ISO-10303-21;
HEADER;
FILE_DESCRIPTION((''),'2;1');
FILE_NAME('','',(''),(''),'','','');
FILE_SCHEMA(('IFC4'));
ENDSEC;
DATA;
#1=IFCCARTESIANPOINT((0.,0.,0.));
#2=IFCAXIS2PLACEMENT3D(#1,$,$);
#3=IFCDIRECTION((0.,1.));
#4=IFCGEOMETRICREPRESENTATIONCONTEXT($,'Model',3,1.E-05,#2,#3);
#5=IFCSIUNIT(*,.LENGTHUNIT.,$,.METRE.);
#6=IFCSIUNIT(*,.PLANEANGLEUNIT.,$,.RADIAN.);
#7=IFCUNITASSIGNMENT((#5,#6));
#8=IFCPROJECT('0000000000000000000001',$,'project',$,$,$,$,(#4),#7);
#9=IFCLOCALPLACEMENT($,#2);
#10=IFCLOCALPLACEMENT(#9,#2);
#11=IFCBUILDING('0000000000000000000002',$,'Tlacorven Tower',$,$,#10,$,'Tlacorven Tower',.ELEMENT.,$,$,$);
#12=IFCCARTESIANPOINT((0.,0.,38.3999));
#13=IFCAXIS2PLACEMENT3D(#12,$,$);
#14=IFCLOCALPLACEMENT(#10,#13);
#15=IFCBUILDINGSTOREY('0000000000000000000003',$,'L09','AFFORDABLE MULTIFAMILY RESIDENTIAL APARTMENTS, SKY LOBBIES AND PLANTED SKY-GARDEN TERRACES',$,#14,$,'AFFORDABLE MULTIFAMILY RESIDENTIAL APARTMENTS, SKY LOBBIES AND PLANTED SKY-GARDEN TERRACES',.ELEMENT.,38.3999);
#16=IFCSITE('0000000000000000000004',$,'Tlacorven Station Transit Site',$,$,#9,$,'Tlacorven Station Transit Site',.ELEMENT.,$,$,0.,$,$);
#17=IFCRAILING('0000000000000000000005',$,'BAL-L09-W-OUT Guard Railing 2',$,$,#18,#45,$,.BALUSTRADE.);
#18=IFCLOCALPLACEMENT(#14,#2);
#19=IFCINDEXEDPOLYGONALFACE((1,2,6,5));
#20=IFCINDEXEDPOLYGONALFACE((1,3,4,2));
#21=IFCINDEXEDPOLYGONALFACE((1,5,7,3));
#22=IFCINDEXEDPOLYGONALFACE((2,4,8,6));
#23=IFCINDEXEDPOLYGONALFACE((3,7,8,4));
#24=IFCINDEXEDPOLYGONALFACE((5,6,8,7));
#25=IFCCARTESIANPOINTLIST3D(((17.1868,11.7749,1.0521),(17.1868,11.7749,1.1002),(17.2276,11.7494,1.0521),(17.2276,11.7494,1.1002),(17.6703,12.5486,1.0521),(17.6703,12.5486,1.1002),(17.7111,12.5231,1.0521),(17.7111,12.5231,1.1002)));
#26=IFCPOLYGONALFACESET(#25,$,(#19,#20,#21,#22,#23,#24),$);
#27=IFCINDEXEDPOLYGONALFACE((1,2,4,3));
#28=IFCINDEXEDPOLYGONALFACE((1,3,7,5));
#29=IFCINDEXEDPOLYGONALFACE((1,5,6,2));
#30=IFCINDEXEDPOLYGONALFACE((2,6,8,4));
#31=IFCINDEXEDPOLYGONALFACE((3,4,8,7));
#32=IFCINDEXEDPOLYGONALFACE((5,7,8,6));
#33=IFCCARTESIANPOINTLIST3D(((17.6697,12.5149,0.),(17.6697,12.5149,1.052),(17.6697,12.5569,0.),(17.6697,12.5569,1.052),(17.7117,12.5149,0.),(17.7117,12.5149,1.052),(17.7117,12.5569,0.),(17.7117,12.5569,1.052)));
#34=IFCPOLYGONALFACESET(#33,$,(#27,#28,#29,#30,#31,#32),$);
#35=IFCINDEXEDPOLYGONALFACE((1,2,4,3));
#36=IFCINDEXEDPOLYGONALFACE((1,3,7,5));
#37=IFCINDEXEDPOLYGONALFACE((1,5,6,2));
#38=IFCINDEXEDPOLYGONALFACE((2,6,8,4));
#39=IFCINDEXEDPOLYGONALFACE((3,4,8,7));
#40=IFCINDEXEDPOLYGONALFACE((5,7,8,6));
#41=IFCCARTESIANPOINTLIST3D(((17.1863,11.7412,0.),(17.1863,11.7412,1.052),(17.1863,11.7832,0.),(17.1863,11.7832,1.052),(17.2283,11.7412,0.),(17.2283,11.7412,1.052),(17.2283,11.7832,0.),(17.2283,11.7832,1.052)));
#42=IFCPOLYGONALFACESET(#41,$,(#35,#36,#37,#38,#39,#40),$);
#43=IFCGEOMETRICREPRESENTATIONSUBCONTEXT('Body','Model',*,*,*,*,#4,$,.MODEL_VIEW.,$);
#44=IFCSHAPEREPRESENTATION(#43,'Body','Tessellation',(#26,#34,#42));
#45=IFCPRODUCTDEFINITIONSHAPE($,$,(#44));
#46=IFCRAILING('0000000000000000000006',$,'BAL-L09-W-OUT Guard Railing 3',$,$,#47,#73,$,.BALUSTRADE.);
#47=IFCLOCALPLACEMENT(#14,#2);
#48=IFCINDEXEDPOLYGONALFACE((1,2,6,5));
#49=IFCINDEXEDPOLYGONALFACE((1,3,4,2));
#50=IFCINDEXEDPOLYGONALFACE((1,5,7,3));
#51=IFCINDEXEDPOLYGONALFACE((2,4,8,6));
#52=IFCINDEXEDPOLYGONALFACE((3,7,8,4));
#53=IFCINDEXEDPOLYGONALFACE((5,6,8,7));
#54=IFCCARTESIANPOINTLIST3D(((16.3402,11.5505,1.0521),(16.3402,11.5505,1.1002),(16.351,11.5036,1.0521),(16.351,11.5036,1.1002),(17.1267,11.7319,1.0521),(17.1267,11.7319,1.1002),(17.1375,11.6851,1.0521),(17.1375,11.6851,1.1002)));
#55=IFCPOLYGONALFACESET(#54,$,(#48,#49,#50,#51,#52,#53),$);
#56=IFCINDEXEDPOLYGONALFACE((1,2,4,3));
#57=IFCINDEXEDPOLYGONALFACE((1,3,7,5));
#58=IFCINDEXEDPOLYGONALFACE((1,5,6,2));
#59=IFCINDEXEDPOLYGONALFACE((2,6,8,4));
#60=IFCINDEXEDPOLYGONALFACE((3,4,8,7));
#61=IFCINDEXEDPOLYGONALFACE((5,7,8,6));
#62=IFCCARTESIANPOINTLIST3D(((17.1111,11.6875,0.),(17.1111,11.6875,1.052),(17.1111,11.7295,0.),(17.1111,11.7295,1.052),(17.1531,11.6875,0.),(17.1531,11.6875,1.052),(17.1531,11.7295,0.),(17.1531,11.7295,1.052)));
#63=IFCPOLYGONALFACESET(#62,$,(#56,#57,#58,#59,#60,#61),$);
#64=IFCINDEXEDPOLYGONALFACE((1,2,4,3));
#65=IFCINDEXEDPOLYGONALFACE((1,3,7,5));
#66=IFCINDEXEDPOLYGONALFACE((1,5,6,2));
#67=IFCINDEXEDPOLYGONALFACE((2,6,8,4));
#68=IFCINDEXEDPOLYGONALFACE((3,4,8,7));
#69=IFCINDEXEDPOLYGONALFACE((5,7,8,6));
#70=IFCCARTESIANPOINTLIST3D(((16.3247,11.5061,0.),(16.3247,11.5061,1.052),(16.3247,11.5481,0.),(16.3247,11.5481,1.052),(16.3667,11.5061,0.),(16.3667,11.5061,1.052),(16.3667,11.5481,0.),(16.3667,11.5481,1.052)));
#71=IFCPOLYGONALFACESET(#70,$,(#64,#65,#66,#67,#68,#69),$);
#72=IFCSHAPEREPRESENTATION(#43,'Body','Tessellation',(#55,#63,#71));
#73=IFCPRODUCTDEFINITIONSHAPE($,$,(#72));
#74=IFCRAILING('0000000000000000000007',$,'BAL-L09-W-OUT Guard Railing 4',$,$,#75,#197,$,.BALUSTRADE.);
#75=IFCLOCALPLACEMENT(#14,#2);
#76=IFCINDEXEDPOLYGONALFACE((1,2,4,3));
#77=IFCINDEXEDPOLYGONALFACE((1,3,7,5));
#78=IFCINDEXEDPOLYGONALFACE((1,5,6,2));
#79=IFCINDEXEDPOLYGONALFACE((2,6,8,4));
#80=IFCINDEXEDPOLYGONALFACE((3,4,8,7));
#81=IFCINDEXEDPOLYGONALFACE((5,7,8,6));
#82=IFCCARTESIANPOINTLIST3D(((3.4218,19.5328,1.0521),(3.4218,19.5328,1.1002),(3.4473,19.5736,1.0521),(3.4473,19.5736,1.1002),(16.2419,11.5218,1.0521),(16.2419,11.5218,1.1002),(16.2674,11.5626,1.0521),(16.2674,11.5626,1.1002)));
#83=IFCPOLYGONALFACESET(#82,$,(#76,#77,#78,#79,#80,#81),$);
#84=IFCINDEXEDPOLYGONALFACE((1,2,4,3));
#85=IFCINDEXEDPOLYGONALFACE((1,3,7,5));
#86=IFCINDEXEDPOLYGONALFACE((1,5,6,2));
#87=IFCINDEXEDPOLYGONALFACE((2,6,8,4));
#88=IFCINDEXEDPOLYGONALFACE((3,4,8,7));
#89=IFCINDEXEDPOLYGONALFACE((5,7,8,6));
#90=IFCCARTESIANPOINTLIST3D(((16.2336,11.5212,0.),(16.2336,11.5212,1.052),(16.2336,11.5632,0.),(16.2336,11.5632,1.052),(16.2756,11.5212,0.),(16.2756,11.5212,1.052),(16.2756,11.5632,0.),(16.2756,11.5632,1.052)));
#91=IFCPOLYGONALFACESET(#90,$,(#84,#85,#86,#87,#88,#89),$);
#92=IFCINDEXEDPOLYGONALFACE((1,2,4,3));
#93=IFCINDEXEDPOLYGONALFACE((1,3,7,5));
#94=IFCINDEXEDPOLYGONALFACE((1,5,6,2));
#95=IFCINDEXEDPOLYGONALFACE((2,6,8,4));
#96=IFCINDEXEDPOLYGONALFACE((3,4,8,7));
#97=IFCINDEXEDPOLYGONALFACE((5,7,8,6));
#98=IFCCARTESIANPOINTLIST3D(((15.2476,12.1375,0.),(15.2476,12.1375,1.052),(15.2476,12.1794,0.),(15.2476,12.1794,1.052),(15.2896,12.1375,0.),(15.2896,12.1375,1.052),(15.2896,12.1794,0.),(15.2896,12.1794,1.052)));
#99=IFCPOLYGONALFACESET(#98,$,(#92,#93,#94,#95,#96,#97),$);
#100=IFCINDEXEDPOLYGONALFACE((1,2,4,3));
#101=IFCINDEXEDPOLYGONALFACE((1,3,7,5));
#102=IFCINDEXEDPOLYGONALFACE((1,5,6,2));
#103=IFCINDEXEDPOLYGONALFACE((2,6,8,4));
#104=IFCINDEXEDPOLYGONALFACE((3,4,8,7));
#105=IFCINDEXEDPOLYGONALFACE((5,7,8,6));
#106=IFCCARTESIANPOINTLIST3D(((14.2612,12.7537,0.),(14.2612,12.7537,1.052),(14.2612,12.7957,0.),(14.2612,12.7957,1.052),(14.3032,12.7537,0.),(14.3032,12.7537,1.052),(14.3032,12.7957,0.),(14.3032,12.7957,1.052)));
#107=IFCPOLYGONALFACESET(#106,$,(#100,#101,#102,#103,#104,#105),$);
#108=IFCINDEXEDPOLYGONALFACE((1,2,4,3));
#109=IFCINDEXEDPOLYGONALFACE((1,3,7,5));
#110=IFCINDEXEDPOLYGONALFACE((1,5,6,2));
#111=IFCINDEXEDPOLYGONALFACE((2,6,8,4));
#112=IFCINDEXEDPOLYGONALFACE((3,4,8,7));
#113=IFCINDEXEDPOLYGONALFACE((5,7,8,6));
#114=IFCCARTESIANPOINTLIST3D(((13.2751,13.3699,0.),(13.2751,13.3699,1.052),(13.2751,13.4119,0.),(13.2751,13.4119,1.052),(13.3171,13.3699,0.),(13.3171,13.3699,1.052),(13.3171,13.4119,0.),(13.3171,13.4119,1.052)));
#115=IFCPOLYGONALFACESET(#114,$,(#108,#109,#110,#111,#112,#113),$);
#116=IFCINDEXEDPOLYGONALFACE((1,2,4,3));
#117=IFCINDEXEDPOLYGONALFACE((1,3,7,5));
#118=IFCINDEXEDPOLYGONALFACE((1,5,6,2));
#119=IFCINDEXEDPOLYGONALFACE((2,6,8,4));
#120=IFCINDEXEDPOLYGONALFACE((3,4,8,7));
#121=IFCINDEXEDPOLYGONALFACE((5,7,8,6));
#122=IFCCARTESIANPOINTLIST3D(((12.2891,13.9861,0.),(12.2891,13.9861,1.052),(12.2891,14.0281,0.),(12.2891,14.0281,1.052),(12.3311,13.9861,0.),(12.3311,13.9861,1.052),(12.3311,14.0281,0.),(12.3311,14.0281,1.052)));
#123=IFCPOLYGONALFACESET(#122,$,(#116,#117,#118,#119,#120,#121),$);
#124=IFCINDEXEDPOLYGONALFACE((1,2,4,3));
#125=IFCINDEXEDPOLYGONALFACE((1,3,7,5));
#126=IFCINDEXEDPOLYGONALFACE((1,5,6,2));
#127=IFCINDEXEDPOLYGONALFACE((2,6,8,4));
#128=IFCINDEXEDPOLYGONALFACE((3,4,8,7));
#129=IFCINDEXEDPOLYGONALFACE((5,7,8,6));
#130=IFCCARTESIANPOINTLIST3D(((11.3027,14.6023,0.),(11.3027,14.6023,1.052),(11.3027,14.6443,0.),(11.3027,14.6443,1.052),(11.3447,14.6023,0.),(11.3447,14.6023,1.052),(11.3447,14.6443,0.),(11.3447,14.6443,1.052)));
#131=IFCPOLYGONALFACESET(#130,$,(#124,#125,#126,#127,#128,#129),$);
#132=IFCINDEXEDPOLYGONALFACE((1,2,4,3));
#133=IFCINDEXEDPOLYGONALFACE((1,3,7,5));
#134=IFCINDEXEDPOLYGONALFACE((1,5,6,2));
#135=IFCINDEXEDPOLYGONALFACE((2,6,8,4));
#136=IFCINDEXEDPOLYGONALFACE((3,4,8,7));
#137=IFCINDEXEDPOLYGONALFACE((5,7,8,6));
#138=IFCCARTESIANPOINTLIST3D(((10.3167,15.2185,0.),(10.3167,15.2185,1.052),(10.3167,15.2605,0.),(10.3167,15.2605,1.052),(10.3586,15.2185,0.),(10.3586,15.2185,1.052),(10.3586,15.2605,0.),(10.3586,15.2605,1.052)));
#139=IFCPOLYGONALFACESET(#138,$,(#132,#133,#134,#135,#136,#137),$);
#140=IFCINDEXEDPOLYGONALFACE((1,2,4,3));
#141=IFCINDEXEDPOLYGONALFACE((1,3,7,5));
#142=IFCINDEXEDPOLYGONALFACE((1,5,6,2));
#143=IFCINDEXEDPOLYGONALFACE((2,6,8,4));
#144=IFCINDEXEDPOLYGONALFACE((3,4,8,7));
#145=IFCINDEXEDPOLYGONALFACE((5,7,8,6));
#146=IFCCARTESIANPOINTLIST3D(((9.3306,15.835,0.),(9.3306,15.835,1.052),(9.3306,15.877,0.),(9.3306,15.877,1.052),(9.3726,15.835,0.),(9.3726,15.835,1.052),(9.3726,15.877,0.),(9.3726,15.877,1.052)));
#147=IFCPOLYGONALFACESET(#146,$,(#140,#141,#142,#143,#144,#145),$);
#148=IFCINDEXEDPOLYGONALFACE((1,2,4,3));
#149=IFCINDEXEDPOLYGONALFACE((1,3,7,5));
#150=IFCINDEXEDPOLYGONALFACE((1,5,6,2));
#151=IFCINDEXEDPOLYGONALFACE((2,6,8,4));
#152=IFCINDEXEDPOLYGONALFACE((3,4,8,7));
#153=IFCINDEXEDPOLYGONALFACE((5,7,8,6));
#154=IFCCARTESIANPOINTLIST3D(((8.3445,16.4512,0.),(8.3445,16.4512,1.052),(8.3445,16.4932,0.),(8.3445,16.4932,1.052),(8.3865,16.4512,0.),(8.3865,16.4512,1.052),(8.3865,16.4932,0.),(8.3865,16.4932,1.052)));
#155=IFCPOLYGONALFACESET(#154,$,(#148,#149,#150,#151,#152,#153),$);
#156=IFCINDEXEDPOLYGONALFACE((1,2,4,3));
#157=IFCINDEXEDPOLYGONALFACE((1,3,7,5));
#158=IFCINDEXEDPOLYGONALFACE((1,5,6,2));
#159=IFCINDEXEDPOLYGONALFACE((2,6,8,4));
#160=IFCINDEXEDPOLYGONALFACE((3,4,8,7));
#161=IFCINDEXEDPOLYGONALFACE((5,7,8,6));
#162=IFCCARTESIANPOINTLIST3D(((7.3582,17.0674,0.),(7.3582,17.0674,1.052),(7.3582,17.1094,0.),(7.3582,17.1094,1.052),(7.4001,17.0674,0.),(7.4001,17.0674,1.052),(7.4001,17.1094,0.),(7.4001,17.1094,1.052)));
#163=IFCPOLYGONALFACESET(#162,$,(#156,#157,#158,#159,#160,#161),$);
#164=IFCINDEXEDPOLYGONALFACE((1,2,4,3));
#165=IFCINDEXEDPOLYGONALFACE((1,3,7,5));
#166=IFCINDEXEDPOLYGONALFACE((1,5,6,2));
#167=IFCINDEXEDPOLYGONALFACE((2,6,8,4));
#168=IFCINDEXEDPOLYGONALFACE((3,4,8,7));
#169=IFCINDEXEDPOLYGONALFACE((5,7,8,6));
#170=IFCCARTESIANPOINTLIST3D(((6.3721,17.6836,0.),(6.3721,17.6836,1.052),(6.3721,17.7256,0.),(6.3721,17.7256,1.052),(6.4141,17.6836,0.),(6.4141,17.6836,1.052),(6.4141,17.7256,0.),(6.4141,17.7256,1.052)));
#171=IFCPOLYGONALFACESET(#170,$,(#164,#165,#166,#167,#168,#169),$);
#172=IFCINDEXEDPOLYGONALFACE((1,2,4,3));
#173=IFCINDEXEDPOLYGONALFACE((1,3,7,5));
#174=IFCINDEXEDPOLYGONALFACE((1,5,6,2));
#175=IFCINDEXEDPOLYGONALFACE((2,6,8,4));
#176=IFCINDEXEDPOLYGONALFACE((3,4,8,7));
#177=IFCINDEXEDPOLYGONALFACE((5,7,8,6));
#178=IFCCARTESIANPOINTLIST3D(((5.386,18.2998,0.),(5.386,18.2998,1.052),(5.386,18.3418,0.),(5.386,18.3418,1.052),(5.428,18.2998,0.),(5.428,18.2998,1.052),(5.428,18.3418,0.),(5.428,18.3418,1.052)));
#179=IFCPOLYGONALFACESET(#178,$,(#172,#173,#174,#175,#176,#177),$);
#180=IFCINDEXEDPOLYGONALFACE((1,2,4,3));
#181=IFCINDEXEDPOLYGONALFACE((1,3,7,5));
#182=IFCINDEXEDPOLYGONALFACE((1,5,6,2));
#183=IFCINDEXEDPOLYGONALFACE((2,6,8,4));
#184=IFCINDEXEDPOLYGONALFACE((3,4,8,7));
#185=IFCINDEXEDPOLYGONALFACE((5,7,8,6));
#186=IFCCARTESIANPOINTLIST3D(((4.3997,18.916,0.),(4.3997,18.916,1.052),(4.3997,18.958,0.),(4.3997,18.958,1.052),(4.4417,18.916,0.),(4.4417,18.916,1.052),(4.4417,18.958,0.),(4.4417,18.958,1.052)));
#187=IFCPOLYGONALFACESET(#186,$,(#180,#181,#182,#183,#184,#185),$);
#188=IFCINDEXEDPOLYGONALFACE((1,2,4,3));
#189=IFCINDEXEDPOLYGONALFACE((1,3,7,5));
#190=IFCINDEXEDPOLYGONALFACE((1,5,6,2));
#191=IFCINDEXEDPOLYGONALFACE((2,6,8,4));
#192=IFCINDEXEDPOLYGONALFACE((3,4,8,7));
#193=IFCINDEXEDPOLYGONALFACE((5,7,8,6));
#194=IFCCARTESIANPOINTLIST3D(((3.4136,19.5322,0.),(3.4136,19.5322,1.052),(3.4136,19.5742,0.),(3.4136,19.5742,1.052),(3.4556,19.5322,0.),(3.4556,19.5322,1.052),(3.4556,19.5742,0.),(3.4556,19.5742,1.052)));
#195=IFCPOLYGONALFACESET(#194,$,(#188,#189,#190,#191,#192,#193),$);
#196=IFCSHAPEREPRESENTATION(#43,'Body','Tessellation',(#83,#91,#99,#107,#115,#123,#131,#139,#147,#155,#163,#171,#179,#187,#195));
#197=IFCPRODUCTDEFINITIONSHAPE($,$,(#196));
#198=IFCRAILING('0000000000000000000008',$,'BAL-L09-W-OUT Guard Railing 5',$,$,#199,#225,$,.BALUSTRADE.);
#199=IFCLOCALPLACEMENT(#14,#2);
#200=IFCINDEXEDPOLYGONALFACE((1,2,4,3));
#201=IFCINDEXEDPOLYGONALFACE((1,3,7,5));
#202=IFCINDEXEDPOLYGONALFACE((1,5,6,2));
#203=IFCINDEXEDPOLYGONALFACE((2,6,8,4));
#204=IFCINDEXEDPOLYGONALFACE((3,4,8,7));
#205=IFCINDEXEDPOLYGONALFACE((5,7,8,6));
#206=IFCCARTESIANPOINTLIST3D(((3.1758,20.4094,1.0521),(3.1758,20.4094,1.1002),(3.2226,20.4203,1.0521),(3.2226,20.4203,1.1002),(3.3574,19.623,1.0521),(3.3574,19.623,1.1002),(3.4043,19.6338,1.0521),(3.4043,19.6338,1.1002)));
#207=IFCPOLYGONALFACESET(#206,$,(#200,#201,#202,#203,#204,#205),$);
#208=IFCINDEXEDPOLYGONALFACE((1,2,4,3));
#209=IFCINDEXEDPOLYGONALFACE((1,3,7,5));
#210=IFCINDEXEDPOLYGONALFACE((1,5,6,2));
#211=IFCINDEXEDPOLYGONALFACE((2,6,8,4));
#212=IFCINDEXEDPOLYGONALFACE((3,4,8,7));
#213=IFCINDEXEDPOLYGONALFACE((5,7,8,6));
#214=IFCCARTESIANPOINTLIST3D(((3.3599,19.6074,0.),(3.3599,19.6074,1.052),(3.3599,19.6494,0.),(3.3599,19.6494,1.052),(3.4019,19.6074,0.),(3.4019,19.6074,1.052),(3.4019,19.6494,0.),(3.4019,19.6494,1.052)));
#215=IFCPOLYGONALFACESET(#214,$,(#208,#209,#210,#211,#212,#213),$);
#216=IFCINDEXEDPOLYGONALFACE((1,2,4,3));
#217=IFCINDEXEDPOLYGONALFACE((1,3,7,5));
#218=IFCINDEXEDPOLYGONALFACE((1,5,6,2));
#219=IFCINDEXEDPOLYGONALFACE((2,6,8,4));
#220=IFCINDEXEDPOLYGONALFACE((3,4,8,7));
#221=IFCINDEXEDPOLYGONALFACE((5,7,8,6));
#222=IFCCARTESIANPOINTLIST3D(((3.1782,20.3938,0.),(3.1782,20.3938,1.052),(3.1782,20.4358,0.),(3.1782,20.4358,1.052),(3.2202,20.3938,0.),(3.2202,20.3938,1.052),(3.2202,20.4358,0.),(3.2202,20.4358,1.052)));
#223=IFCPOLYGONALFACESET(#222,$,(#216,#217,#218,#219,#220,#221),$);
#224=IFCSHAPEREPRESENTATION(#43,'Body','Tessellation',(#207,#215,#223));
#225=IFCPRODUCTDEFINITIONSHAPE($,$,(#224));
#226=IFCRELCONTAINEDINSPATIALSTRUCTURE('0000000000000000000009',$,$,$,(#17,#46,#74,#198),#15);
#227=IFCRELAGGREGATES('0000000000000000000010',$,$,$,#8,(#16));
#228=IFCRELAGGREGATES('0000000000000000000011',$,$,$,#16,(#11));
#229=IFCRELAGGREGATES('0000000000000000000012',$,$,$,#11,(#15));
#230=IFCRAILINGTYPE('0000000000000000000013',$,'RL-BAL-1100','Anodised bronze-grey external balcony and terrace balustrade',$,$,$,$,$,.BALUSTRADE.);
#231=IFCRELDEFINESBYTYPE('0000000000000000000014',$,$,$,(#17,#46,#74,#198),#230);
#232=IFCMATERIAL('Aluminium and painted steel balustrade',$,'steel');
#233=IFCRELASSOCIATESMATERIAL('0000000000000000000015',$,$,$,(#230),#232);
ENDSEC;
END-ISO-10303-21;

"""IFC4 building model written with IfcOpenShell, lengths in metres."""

from ifc_helpers import new_model, si_unit, direction, frame, origin, origin_2d, place, context, subcontext, project, spatial, rectangle, extrude, source, transform, mapped, material, type_object, element, save


model = new_model("IFC4")

# Units and contexts
model_context = context("Model", 3, precision=1e-05, world=origin(), true_north=direction((0.0, 1.0)))
body_context = subcontext(model_context, "Body", "Model", "MODEL_VIEW")
ifc_project = project(units=[si_unit("LENGTHUNIT", "METRE"), si_unit("PLANEANGLEUNIT", "RADIAN")], contexts=[model_context])

# Site, building, storey
site_placement = place(None, origin())
site = spatial("IfcSite", under=ifc_project, at=site_placement, Name="Tlacorven Station Transit Site", LongName="Tlacorven Station Transit Site", CompositionType="ELEMENT", RefElevation=0.0)
building_placement = place(site_placement, origin())
building = spatial("IfcBuilding", under=site, at=building_placement, Name="Tlacorven Tower", LongName="Tlacorven Tower", CompositionType="ELEMENT")
storey_placement = place(building_placement, frame((0.0, 0.0, 38.3999)))
storey = spatial("IfcBuildingStorey", under=building, at=storey_placement, Name="L09", Description="AFFORDABLE MULTIFAMILY RESIDENTIAL APARTMENTS, SKY LOBBIES AND PLANTED SKY-GARDEN TERRACES", LongName="AFFORDABLE MULTIFAMILY RESIDENTIAL APARTMENTS, SKY LOBBIES AND PLANTED SKY-GARDEN TERRACES", CompositionType="ELEMENT", Elevation=38.3999)

# Railings
ifc_material_1 = material(Name="Aluminium and painted steel balustrade", Category="steel")
railing_type = type_object("IfcRailingType", Name="RL-BAL-1100", Description="Anodised bronze-grey external balcony and terrace balustrade", PredefinedType="BALUSTRADE", material=ifc_material_1)
shared_shape_1 = source(origin(), body_context, "Body", "SweptSolid", [
    extrude(rectangle(XDim=0.0481, YDim=0.0481, at=origin_2d()), frame((0.0, 0.0, 1.0762), z_axis=(-0.529879, -0.848073, 0.0), x_axis=(0.848073, -0.529879, 0.0)), (0.0, 0.0, 1.0), 0.9124),
    extrude(rectangle(XDim=0.042, YDim=0.042, at=origin_2d()), origin(), (0.0, 0.0, 1.0), 1.052),
    extrude(rectangle(XDim=0.042, YDim=0.042, at=origin_2d()), frame((-0.4834, -0.7737, 0.0)), (0.0, 0.0, 1.0), 1.052),
])
railing_1_placement = place(storey_placement, frame((17.6907, 12.5359, 0.0)))
element("IfcRailing", 1, at=railing_1_placement, inside=storey, type_object=railing_type, Name="BAL-L09-W-OUT Guard Railing 2", PredefinedType="BALUSTRADE", context=body_context, shape_type="MappedRepresentation", body=[
    mapped(shared_shape_1, transform((0.0, 0.0, 0.0), scale=1.0)),
])
shared_shape_2 = source(origin(), body_context, "Body", "SweptSolid", [
    extrude(rectangle(XDim=0.0481, YDim=0.0481, at=origin_2d()), frame((0.0, 0.0, 1.0762), z_axis=(-0.974412, -0.224771, 0.0), x_axis=(0.224771, -0.974412, 0.0)), (0.0, 0.0, 1.0), 0.8071),
    extrude(rectangle(XDim=0.042, YDim=0.042, at=origin_2d()), origin(), (0.0, 0.0, 1.0), 1.052),
    extrude(rectangle(XDim=0.042, YDim=0.042, at=origin_2d()), frame((-0.7864, -0.1814, 0.0)), (0.0, 0.0, 1.0), 1.052),
])
railing_2_placement = place(storey_placement, frame((17.1321, 11.7085, 0.0)))
element("IfcRailing", 2, at=railing_2_placement, inside=storey, type_object=railing_type, Name="BAL-L09-W-OUT Guard Railing 3", PredefinedType="BALUSTRADE", context=body_context, shape_type="MappedRepresentation", body=[
    mapped(shared_shape_2, transform((0.0, 0.0, 0.0), scale=1.0)),
])
shared_shape_3 = source(origin(), body_context, "Body", "SweptSolid", [
    extrude(rectangle(XDim=0.0481, YDim=0.0481, at=origin_2d()), frame((0.0, 0.0, 1.0762), z_axis=(-0.848045, 0.529925, 0.0), x_axis=(-0.529925, -0.848045, 0.0)), (0.0, 0.0, 1.0), 15.1172),
    extrude(rectangle(XDim=0.042, YDim=0.042, at=origin_2d()), origin(), (0.0, 0.0, 1.0), 1.052),
    extrude(rectangle(XDim=0.042, YDim=0.042, at=origin_2d()), frame((-0.9861, 0.6162, 0.0)), (0.0, 0.0, 1.0), 1.052),
    extrude(rectangle(XDim=0.042, YDim=0.042, at=origin_2d()), frame((-1.9724, 1.2324, 0.0)), (0.0, 0.0, 1.0), 1.052),
    extrude(rectangle(XDim=0.042, YDim=0.042, at=origin_2d()), frame((-2.9585, 1.8486, 0.0)), (0.0, 0.0, 1.0), 1.052),
    extrude(rectangle(XDim=0.042, YDim=0.042, at=origin_2d()), frame((-3.9446, 2.4648, 0.0)), (0.0, 0.0, 1.0), 1.052),
    extrude(rectangle(XDim=0.042, YDim=0.042, at=origin_2d()), frame((-4.9309, 3.0811, 0.0)), (0.0, 0.0, 1.0), 1.052),
    extrude(rectangle(XDim=0.042, YDim=0.042, at=origin_2d()), frame((-5.917, 3.6973, 0.0)), (0.0, 0.0, 1.0), 1.052),
    extrude(rectangle(XDim=0.042, YDim=0.042, at=origin_2d()), frame((-6.9031, 4.3137, 0.0)), (0.0, 0.0, 1.0), 1.052),
    extrude(rectangle(XDim=0.042, YDim=0.042, at=origin_2d()), frame((-7.8892, 4.9299, 0.0)), (0.0, 0.0, 1.0), 1.052),
    extrude(rectangle(XDim=0.042, YDim=0.042, at=origin_2d()), frame((-8.8755, 5.5461, 0.0)), (0.0, 0.0, 1.0), 1.052),
    extrude(rectangle(XDim=0.042, YDim=0.042, at=origin_2d()), frame((-9.8616, 6.1624, 0.0)), (0.0, 0.0, 1.0), 1.052),
    extrude(rectangle(XDim=0.042, YDim=0.042, at=origin_2d()), frame((-10.8477, 6.7786, 0.0)), (0.0, 0.0, 1.0), 1.052),
    extrude(rectangle(XDim=0.042, YDim=0.042, at=origin_2d()), frame((-11.834, 7.3948, 0.0)), (0.0, 0.0, 1.0), 1.052),
    extrude(rectangle(XDim=0.042, YDim=0.042, at=origin_2d()), frame((-12.8201, 8.011, 0.0)), (0.0, 0.0, 1.0), 1.052),
])
railing_3_placement = place(storey_placement, frame((16.2546, 11.5422, 0.0)))
element("IfcRailing", 3, at=railing_3_placement, inside=storey, type_object=railing_type, Name="BAL-L09-W-OUT Guard Railing 4", PredefinedType="BALUSTRADE", context=body_context, shape_type="MappedRepresentation", body=[
    mapped(shared_shape_3, transform((0.0, 0.0, 0.0), scale=1.0)),
])
shared_shape_4 = source(origin(), body_context, "Body", "SweptSolid", [
    extrude(rectangle(XDim=0.0481, YDim=0.0481, at=origin_2d()), frame((0.0, 0.0, 1.0762), z_axis=(-0.225058, 0.974345, 0.0), x_axis=(-0.974345, -0.225058, 0.0)), (0.0, 0.0, 1.0), 0.8071),
    extrude(rectangle(XDim=0.042, YDim=0.042, at=origin_2d()), origin(), (0.0, 0.0, 1.0), 1.052),
    extrude(rectangle(XDim=0.042, YDim=0.042, at=origin_2d()), frame((-0.1816, 0.7864, 0.0)), (0.0, 0.0, 1.0), 1.052),
])
railing_4_placement = place(storey_placement, frame((3.3809, 19.6284, 0.0)))
element("IfcRailing", 4, at=railing_4_placement, inside=storey, type_object=railing_type, Name="BAL-L09-W-OUT Guard Railing 5", PredefinedType="BALUSTRADE", context=body_context, shape_type="MappedRepresentation", body=[
    mapped(shared_shape_4, transform((0.0, 0.0, 0.0), scale=1.0)),
])

save(model, "model.ifc")
